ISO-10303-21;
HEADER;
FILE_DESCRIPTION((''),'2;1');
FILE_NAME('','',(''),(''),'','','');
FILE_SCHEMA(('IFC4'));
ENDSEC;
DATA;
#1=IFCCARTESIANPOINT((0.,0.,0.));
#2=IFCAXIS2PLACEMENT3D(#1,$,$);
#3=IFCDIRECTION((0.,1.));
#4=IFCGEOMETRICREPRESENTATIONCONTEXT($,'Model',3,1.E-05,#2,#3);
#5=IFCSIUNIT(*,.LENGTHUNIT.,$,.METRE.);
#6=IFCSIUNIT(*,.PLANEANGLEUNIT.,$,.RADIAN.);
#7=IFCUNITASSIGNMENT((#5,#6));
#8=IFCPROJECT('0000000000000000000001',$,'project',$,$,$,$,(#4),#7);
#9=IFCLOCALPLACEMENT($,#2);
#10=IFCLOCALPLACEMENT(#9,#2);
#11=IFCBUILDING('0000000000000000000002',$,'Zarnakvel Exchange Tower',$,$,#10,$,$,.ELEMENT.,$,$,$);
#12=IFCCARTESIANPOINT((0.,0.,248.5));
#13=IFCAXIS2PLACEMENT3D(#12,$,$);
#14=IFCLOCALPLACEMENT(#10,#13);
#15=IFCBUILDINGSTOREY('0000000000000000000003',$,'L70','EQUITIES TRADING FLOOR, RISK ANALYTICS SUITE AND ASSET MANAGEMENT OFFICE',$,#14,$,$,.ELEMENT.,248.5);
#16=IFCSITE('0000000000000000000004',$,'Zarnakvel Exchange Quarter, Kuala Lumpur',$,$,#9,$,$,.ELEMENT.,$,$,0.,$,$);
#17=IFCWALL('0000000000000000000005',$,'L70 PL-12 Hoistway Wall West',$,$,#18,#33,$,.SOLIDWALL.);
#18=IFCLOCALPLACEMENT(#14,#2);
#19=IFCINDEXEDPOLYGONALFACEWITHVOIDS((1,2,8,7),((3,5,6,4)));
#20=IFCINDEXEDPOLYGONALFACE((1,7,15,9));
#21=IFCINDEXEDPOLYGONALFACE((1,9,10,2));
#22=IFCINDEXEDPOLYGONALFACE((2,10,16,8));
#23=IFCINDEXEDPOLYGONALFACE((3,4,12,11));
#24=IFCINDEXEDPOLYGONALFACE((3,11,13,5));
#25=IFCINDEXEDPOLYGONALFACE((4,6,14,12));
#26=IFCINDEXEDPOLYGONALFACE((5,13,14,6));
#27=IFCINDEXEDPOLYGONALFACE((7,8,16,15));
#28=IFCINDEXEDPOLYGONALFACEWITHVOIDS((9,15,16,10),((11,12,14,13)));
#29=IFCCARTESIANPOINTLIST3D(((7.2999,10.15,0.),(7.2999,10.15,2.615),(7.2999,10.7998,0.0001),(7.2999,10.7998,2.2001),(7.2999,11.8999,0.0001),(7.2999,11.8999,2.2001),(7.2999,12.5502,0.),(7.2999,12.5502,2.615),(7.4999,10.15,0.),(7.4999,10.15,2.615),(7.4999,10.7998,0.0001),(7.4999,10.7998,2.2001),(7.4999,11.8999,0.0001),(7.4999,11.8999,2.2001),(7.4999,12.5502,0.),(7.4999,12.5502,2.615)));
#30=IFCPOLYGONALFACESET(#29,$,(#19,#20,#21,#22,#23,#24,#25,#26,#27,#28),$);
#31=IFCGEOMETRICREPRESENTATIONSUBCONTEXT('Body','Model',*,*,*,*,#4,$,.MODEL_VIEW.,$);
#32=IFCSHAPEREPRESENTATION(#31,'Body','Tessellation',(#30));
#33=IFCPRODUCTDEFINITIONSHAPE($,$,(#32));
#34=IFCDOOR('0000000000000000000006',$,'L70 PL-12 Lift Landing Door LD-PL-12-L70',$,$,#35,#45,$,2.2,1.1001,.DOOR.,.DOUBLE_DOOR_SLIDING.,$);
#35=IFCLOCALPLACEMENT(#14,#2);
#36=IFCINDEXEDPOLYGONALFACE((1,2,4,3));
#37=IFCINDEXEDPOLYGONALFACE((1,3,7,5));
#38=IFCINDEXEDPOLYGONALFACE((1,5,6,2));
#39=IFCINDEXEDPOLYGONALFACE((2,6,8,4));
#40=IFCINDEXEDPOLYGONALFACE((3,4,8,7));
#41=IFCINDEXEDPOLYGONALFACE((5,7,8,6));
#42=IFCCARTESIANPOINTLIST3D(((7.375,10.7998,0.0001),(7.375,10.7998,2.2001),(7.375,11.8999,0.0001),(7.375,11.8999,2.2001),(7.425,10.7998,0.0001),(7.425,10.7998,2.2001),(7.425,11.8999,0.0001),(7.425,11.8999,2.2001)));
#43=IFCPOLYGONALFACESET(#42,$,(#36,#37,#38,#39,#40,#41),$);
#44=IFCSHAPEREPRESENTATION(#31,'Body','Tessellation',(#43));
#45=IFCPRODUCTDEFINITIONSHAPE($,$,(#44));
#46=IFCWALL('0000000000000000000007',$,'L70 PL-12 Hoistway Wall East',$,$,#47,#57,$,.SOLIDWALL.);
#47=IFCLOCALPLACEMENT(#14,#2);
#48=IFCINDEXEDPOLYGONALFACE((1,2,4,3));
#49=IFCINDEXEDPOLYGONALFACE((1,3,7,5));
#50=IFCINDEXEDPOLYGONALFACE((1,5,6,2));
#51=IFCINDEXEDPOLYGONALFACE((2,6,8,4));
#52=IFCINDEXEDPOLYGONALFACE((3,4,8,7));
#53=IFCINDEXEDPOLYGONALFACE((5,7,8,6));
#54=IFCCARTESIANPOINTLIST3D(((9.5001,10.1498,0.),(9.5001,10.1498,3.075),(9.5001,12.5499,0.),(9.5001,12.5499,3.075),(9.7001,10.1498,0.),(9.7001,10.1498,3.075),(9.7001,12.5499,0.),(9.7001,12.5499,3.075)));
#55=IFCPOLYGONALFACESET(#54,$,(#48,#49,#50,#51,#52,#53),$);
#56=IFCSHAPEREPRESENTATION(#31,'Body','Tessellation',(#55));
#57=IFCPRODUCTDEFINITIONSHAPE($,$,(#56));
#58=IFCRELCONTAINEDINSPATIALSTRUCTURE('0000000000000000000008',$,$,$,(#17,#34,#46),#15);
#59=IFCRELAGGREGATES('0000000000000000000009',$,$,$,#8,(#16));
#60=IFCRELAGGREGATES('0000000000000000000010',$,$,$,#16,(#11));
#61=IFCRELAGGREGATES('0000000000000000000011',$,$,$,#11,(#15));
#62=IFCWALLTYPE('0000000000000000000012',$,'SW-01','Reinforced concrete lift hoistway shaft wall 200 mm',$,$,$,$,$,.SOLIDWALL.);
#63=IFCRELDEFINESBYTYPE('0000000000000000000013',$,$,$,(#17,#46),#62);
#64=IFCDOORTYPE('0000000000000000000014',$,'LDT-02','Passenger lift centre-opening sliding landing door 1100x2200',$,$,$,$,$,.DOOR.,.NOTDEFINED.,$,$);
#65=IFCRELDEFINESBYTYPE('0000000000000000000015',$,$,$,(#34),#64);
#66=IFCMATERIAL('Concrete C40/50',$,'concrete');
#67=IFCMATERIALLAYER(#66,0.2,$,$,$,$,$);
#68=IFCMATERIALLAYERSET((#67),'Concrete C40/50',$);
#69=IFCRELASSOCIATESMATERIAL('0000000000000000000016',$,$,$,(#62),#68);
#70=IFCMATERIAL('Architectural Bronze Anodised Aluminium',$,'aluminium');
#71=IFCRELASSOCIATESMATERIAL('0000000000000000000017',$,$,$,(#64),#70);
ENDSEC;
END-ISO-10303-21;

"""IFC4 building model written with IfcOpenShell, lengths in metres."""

from ifc_helpers import new_model, si_unit, direction, frame, frame_2d, origin, place, context, subcontext, project, spatial, rectangle, extrude, source, transform, mapped, material, layer, layer_set, type_object, element, fill, save


model = new_model("IFC4")

# Units and contexts
model_context = context("Model", 3, precision=1e-05, world=origin(), true_north=direction((0.0, 1.0)))
body_context = subcontext(model_context, "Body", "Model", "MODEL_VIEW")
ifc_project = project(units=[si_unit("LENGTHUNIT", "METRE"), si_unit("PLANEANGLEUNIT", "RADIAN")], contexts=[model_context])

# Site, building, storey
site_placement = place(None, origin())
site = spatial("IfcSite", under=ifc_project, at=site_placement, Name="Zarnakvel Exchange Quarter, Kuala Lumpur", CompositionType="ELEMENT", RefElevation=0.0)
building_placement = place(site_placement, origin())
building = spatial("IfcBuilding", under=site, at=building_placement, Name="Zarnakvel Exchange Tower", CompositionType="ELEMENT")
storey_placement = place(building_placement, frame((0.0, 0.0, 248.5)))
storey = spatial("IfcBuildingStorey", under=building, at=storey_placement, Name="L70", Description="EQUITIES TRADING FLOOR, RISK ANALYTICS SUITE AND ASSET MANAGEMENT OFFICE", CompositionType="ELEMENT", Elevation=248.5)

# Shared definitions
ifc_material_1 = material(Name="Architectural Bronze Anodised Aluminium", Category="aluminium")

# Shared definitions
ifc_material_2 = material(Name="Concrete C40/50", Category="concrete")
ifc_layer_1 = layer(ifc_material_2, 0.2)
ifc_layer_set_1 = layer_set([ifc_layer_1], Name="Concrete C40/50")
wall_type_1 = type_object("IfcWallType", Name="SW-01", Description="Reinforced concrete lift hoistway shaft wall 200 mm", PredefinedType="SOLIDWALL", material=ifc_layer_set_1)

# Wall, opening, door
wall_1_placement = place(storey_placement, frame((7.3999, 10.1499, 0.0), z_axis=(0.0, 0.0, 1.0), x_axis=(0.0, 1.0, 0.0)))
wall_1 = element("IfcWall", 1, at=wall_1_placement, inside=storey, type_object=wall_type_1, Name="L70 PL-12 Hoistway Wall West", PredefinedType="SOLIDWALL", context=body_context, shape_type="SweptSolid", body=[
    extrude(rectangle(XDim=2.4001, YDim=0.2, at=frame_2d((1.2002, 0.0))), origin(), (0.0, 0.0, 1.0), 2.615),
])
opening_1_placement = place(wall_1_placement, frame((0.6499, 0.0, 0.0)))
opening_1 = element("IfcOpeningElement", 2, at=opening_1_placement, cuts=wall_1, PredefinedType="OPENING", context=body_context, shape_type="SweptSolid", body=[
    extrude(rectangle(XDim=1.1001, YDim=2.2, at=frame_2d((0.55, 1.1001))), frame((0.0, 0.1099, 0.0), z_axis=(0.0, -1.0, 0.0), x_axis=(1.0, 0.0, 0.0)), (0.0, 0.0, 1.0), 0.22),
])
door_type_1 = type_object("IfcDoorType", Name="LDT-02", Description="Passenger lift centre-opening sliding landing door 1100x2200", OperationType="NOTDEFINED", PredefinedType="DOOR", material=ifc_material_1)
shared_shape_1 = source(origin(), body_context, "Body", "SweptSolid", [
    extrude(rectangle(XDim=1.1001, YDim=2.2, at=frame_2d((0.55, 1.1001))), frame((0.0, 0.0249, 0.0), z_axis=(0.0, -1.0, 0.0), x_axis=(1.0, 0.0, 0.0)), (0.0, 0.0, 1.0), 0.05),
])
door_1_placement = place(opening_1_placement, origin())
door_1 = element("IfcDoor", 3, at=door_1_placement, inside=storey, type_object=door_type_1, Name="L70 PL-12 Lift Landing Door LD-PL-12-L70", OperationType="DOUBLE_DOOR_SLIDING", OverallHeight=2.2, OverallWidth=1.1001, PredefinedType="DOOR", context=body_context, shape_type="MappedRepresentation", body=[
    mapped(shared_shape_1, transform((0.0, 0.0, 0.0), x_axis=(1.0, 0.0, 0.0), y_axis=(0.0, 1.0, 0.0), z_axis=(0.0, 0.0, 1.0), scale=1.0)),
])
fill(opening_1, door_1)

# Wall
wall_2_placement = place(storey_placement, frame((9.6001, 12.55, 0.0), z_axis=(0.0, 0.0, 1.0), x_axis=(0.0, -1.0, 0.0)))
element("IfcWall", 4, at=wall_2_placement, inside=storey, type_object=wall_type_1, Name="L70 PL-12 Hoistway Wall East", PredefinedType="SOLIDWALL", context=body_context, shape_type="SweptSolid", body=[
    extrude(rectangle(XDim=2.4001, YDim=0.2, at=frame_2d((1.2002, 0.0))), origin(), (0.0, 0.0, 1.0), 3.075),
])

save(model, "model.ifc")
